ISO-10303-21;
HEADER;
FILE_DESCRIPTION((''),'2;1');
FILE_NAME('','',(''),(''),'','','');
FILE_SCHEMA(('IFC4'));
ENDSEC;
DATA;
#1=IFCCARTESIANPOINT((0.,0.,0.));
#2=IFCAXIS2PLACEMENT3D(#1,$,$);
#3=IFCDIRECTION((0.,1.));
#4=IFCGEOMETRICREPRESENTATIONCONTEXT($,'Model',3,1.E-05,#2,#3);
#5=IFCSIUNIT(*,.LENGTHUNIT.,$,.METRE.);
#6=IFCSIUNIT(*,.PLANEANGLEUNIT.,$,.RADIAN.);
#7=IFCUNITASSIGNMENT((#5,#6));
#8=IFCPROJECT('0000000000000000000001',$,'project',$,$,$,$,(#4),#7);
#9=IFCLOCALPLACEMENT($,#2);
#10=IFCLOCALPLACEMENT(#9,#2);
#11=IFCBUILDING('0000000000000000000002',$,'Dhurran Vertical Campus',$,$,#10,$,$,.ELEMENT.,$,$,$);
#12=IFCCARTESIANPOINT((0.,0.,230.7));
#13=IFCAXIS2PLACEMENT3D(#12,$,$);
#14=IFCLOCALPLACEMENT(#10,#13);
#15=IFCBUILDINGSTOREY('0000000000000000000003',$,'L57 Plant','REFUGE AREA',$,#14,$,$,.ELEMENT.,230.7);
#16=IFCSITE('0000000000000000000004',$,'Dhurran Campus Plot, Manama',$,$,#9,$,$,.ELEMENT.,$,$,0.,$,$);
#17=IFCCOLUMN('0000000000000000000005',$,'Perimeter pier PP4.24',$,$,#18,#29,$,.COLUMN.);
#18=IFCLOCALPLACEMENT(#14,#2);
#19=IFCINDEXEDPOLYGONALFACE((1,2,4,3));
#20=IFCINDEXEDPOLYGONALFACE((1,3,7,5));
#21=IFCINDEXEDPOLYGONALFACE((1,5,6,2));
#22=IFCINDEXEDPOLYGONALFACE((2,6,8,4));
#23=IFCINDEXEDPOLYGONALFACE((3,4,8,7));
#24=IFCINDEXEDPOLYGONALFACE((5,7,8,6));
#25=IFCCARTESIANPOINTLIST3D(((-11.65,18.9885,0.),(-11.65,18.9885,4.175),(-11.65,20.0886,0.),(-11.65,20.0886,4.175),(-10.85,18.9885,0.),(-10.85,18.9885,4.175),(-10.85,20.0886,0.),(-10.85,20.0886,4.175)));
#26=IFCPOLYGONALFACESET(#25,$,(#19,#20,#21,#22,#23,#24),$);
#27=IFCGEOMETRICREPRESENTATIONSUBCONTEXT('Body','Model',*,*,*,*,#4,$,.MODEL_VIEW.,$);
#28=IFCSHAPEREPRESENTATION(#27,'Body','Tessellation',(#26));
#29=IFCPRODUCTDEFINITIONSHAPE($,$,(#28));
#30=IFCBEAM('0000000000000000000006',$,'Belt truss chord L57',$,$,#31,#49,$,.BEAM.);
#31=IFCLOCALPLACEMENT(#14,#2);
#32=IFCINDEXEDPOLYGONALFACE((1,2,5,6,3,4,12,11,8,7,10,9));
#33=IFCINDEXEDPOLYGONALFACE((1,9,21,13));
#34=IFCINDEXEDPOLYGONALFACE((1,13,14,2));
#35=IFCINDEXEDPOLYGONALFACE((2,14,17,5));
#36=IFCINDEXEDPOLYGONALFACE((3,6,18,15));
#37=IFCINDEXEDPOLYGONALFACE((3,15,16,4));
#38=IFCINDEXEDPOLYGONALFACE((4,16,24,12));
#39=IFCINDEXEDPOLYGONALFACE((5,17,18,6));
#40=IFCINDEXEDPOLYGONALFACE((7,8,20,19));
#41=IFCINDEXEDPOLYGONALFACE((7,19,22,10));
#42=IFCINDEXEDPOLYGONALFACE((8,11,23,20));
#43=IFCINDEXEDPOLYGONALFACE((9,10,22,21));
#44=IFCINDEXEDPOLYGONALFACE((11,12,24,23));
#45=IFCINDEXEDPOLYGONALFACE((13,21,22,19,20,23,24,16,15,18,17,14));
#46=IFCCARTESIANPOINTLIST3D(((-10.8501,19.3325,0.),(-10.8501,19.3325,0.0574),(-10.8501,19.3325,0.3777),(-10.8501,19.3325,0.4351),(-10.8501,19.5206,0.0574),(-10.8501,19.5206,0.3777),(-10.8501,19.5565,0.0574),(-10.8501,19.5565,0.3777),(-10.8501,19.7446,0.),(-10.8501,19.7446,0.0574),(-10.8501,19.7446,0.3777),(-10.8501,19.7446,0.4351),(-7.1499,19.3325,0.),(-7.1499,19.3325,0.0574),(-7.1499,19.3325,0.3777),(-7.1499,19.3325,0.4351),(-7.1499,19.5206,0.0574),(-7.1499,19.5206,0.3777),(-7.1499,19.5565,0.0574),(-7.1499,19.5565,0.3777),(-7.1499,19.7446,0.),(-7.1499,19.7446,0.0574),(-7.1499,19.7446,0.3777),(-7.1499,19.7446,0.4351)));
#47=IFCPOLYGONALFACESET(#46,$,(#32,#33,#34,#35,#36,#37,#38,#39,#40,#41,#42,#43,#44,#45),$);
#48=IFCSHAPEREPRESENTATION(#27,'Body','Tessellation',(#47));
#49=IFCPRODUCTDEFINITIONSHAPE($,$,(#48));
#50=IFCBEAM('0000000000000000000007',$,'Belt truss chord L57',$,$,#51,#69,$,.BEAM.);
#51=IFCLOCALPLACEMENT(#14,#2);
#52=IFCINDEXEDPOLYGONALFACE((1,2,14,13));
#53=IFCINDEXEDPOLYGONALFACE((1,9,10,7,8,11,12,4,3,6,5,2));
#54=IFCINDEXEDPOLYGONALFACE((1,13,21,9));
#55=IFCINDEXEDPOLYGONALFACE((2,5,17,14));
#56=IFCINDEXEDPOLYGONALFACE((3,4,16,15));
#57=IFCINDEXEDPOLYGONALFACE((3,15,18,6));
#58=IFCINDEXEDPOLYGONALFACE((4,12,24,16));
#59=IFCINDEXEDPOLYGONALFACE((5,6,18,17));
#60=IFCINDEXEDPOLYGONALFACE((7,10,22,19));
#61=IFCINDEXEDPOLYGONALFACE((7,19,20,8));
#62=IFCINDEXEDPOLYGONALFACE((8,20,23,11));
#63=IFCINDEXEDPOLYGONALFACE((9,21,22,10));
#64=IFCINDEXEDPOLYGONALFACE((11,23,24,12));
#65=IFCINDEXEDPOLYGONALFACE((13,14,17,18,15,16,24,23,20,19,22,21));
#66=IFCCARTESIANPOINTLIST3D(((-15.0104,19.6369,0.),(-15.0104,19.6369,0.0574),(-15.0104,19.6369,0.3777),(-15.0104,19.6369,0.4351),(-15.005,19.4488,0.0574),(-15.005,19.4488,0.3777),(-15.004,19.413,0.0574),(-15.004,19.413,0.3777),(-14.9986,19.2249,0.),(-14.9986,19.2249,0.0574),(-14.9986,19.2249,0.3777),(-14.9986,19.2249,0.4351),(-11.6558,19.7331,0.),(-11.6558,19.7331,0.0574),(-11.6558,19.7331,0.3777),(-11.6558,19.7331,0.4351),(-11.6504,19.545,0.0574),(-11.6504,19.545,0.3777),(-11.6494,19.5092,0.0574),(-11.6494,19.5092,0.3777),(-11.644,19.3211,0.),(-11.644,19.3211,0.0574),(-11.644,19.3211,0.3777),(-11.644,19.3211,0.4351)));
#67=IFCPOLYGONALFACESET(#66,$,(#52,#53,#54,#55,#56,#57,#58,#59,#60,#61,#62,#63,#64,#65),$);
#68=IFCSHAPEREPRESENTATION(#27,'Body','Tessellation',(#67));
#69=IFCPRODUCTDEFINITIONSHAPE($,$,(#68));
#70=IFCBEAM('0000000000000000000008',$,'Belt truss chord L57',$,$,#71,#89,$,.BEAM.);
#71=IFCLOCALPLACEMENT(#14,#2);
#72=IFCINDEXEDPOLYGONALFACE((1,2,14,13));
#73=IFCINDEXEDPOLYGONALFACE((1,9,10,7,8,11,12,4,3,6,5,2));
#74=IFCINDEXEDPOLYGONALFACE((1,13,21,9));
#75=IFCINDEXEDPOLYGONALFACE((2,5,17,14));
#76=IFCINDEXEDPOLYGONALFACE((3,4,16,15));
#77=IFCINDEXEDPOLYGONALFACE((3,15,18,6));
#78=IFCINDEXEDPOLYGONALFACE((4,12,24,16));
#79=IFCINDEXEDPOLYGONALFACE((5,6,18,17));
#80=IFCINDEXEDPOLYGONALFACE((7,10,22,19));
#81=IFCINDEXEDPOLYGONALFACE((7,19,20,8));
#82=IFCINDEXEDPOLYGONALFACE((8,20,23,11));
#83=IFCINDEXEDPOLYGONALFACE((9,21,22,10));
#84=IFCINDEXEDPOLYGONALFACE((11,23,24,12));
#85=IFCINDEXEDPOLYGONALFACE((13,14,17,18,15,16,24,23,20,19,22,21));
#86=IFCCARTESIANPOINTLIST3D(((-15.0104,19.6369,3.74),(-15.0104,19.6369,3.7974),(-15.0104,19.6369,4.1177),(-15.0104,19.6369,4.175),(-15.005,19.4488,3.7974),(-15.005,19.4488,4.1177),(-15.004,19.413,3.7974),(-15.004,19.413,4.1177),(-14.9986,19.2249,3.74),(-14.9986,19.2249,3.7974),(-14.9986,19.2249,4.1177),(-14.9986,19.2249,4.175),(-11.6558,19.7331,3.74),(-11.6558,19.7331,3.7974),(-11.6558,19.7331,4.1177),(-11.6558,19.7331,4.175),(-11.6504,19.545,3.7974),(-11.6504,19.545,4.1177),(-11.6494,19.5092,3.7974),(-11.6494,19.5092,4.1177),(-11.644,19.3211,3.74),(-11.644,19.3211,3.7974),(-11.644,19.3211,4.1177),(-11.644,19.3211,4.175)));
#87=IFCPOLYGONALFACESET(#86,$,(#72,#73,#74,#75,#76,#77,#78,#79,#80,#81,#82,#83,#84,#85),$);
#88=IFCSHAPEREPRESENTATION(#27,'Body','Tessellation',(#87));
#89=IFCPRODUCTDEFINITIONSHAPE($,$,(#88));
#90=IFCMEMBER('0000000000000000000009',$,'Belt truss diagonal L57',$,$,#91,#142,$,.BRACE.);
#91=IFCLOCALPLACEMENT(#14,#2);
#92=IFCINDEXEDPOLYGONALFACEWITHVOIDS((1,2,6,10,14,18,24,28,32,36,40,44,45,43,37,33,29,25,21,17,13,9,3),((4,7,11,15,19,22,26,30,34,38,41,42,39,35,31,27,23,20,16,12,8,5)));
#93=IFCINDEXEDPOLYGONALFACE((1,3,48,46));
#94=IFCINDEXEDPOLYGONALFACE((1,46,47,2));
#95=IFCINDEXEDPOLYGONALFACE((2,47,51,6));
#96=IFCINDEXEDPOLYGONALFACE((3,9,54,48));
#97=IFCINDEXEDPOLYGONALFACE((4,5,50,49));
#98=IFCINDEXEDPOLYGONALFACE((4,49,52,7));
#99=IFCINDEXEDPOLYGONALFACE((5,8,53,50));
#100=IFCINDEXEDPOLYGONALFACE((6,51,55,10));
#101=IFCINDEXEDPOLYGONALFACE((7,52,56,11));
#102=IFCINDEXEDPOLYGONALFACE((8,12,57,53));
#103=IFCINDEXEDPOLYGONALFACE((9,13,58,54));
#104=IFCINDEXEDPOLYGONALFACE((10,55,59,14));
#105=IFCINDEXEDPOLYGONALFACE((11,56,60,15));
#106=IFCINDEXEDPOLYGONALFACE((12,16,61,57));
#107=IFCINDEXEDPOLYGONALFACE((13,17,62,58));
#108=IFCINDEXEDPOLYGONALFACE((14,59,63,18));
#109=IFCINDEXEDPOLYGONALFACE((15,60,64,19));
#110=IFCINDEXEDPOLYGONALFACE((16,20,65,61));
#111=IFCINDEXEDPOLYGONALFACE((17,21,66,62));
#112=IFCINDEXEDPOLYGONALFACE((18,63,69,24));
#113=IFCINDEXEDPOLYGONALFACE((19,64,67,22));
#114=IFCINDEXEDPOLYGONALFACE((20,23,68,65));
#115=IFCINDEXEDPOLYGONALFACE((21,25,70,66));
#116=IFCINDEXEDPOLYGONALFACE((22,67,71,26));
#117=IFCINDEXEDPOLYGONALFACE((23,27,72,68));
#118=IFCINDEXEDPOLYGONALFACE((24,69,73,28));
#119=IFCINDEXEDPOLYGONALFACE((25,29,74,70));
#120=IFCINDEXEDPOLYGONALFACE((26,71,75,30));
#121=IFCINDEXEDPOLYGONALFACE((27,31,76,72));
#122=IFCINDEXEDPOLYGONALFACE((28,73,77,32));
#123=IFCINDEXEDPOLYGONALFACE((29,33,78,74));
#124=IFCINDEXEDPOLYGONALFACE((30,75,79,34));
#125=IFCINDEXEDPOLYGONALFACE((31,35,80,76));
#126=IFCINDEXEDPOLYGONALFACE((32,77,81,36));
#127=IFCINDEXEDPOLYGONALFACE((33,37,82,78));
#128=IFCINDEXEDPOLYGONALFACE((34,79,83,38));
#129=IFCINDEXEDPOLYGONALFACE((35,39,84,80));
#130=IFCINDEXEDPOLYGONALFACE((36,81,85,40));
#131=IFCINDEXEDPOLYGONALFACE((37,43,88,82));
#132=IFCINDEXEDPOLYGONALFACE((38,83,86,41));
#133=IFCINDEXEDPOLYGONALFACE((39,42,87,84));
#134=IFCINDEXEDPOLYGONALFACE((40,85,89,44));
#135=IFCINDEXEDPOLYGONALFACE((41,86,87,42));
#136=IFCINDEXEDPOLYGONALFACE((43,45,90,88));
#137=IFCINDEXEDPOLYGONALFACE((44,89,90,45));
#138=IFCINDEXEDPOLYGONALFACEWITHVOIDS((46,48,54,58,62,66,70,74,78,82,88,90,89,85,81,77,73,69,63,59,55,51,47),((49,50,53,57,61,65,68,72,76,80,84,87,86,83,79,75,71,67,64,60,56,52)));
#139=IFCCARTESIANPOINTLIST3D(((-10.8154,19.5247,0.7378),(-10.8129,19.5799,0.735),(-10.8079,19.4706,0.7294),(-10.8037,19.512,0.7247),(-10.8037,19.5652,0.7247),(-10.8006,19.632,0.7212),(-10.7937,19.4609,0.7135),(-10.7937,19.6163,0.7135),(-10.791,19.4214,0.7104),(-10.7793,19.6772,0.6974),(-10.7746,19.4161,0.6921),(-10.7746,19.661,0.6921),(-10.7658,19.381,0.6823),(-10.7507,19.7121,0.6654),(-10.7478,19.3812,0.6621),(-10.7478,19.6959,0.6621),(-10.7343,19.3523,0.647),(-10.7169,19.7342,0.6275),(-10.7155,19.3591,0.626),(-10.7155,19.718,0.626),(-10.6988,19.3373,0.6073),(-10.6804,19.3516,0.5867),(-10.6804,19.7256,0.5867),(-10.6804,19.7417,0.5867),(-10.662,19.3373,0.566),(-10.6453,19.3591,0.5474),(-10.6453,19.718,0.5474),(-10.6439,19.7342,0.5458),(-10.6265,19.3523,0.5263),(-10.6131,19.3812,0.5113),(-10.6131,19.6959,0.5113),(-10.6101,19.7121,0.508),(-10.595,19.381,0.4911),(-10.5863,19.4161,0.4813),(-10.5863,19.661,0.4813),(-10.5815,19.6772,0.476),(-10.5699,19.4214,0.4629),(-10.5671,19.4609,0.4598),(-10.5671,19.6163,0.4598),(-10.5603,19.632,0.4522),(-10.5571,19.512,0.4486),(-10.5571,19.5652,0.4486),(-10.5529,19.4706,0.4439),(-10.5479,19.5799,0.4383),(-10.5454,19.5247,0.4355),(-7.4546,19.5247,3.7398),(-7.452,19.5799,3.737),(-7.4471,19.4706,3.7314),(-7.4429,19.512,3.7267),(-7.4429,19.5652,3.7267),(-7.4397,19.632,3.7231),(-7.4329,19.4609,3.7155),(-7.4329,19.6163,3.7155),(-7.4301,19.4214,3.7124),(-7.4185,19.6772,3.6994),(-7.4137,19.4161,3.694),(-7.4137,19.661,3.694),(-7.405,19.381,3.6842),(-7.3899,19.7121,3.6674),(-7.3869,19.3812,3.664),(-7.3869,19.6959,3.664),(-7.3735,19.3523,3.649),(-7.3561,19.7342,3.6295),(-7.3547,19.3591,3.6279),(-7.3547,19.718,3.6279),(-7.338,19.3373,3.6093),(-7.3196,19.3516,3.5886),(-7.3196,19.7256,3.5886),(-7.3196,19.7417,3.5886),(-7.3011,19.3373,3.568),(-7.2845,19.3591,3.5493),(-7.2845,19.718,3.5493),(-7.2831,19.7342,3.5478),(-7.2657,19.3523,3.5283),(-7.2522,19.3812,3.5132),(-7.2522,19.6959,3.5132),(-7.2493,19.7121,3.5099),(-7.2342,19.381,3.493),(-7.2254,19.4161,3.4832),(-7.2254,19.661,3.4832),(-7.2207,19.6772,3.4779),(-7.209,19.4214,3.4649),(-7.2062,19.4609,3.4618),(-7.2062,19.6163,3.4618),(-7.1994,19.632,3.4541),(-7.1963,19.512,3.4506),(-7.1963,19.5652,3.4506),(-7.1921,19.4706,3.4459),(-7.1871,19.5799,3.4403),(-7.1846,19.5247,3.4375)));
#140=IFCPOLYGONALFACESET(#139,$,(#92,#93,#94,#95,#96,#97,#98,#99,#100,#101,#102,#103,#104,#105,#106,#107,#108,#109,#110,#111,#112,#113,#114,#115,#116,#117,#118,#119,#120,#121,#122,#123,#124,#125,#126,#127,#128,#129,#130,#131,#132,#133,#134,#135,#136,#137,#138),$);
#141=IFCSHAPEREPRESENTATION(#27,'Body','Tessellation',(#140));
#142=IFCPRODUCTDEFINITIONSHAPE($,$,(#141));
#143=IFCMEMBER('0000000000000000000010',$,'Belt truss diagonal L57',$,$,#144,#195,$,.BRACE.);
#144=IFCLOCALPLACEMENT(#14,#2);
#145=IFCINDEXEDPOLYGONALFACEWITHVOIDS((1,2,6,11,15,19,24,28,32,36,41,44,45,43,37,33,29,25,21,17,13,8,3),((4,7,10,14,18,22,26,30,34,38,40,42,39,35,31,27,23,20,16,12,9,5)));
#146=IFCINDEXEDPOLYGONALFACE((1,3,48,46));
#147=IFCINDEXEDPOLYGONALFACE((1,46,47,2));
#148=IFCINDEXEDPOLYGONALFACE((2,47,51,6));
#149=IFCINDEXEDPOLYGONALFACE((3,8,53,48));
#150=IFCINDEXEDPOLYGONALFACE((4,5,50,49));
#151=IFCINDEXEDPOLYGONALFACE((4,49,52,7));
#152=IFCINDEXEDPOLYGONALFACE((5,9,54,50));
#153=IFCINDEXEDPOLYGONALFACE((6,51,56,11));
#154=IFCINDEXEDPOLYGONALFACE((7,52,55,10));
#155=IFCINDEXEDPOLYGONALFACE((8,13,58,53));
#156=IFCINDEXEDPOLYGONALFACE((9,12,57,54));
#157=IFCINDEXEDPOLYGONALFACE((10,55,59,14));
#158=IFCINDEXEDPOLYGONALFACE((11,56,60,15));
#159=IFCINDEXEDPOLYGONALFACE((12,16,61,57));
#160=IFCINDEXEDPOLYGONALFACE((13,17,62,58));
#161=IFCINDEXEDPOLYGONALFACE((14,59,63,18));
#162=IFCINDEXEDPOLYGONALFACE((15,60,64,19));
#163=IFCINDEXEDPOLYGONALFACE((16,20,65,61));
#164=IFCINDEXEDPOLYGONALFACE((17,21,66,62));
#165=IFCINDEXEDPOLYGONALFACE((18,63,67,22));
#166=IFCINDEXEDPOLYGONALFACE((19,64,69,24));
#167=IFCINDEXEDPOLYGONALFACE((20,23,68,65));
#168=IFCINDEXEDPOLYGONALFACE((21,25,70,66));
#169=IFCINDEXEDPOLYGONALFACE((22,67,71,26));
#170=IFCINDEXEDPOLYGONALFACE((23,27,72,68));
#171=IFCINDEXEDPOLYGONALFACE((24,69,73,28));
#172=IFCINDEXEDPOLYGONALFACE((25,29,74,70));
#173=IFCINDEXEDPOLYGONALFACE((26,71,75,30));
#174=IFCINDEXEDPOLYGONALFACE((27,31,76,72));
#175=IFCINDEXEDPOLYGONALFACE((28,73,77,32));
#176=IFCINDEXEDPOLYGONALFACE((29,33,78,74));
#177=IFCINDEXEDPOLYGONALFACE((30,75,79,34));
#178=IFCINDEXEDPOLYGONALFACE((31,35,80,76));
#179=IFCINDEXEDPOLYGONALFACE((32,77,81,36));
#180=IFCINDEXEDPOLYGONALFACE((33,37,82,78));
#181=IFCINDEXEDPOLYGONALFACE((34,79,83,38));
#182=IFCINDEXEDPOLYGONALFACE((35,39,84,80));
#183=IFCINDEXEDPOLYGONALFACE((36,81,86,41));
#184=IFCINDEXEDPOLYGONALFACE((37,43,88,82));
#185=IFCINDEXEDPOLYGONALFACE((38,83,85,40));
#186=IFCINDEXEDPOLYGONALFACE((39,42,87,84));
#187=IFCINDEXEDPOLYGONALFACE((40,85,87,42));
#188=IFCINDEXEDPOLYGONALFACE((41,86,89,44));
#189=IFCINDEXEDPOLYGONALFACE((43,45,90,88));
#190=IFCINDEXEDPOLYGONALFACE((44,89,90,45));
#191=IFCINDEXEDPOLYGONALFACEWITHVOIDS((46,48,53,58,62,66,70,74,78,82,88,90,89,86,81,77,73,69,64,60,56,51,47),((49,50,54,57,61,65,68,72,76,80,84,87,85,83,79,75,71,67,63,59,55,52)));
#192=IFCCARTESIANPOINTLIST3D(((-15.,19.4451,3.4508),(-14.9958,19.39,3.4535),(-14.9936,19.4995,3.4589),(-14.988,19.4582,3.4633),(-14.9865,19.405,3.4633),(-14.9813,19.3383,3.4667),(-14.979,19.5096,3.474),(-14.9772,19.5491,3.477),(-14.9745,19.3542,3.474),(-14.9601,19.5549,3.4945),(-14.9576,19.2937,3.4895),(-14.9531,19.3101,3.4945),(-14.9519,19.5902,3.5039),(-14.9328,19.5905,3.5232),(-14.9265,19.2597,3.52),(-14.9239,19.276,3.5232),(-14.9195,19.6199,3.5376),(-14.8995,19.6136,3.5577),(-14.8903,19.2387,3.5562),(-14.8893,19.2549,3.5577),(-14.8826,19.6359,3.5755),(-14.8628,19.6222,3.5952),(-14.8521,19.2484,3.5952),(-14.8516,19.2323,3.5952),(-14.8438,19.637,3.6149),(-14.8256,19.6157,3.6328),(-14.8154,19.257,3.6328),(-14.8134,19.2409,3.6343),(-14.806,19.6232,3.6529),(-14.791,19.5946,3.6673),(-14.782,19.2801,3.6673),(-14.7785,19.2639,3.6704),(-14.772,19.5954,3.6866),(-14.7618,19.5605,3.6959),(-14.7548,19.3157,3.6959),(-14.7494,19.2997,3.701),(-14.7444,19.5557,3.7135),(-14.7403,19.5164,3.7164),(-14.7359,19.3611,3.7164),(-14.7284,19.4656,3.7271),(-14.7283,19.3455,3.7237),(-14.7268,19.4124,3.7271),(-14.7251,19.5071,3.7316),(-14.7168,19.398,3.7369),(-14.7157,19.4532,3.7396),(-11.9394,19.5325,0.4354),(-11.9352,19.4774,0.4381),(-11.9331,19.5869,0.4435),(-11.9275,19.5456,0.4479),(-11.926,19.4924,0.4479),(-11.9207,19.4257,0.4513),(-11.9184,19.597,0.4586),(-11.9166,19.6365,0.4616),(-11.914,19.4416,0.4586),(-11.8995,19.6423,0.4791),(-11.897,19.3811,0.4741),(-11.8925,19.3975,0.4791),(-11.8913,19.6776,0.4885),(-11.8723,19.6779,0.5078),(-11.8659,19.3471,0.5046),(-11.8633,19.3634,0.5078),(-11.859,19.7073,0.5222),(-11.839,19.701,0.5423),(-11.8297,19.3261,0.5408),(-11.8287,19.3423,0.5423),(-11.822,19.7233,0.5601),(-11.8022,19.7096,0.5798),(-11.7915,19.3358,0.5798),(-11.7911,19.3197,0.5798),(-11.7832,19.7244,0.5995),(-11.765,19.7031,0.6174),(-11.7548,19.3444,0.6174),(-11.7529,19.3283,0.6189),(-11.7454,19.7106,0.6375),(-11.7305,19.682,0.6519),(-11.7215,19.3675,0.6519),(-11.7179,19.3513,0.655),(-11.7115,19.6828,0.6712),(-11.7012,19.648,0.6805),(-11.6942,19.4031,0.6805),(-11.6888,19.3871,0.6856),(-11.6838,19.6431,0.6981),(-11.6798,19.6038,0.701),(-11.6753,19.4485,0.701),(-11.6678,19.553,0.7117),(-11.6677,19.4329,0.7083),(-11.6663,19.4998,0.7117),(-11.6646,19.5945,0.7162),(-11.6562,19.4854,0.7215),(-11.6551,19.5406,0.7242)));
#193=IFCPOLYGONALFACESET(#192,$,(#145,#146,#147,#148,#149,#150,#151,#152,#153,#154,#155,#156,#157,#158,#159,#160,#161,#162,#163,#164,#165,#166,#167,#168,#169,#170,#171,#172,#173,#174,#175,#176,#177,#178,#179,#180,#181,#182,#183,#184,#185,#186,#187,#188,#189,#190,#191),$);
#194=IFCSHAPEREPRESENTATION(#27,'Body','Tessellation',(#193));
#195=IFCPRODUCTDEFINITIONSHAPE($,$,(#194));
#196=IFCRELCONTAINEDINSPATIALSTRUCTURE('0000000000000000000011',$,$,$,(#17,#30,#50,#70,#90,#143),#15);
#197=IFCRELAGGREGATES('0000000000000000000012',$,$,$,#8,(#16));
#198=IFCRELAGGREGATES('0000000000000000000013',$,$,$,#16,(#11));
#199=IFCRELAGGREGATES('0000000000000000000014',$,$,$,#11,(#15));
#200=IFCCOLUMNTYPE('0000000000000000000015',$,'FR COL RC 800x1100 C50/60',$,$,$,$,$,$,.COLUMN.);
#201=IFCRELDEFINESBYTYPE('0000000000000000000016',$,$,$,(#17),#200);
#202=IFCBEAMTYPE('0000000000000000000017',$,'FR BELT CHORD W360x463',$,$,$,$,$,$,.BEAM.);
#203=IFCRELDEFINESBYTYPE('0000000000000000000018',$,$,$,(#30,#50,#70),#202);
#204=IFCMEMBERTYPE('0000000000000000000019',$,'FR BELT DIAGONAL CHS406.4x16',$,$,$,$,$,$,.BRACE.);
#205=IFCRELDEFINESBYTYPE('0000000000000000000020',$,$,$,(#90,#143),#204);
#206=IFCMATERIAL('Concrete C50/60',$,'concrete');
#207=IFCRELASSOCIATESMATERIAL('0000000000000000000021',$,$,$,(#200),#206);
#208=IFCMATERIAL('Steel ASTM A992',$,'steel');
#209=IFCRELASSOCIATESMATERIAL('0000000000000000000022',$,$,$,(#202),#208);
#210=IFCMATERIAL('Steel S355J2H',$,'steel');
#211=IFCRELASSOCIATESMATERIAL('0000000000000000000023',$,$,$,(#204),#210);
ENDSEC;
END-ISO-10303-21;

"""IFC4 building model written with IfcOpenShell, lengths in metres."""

from ifc_helpers import new_model, si_unit, direction, frame, origin, origin_2d, place, context, subcontext, project, spatial, rectangle, hollow_circle, i_section, extrude, material, material_profile, profile_set, type_object, element, save


model = new_model("IFC4")

# Units and contexts
model_context = context("Model", 3, precision=1e-05, world=origin(), true_north=direction((0.0, 1.0)))
body_context = subcontext(model_context, "Body", "Model", "MODEL_VIEW")
ifc_project = project(units=[si_unit("LENGTHUNIT", "METRE"), si_unit("PLANEANGLEUNIT", "RADIAN")], contexts=[model_context])

# Site, building, storey
site_placement = place(None, origin())
site = spatial("IfcSite", under=ifc_project, at=site_placement, Name="Dhurran Campus Plot, Manama", CompositionType="ELEMENT", RefElevation=0.0)
building_placement = place(site_placement, origin())
building = spatial("IfcBuilding", under=site, at=building_placement, Name="Dhurran Vertical Campus", CompositionType="ELEMENT")
storey_placement = place(building_placement, frame((0.0, 0.0, 230.7)))
storey = spatial("IfcBuildingStorey", under=building, at=storey_placement, Name="L57 Plant", Description="REFUGE AREA", CompositionType="ELEMENT", Elevation=230.7)

# Column
ifc_material_1 = material(Name="Concrete C50/60", Category="concrete")
ifc_material_profile_1 = material_profile(ifc_material_1, rectangle(XDim=0.8, YDim=1.1001, at=origin_2d()), Name="RC 800x1100")
ifc_profile_set_1 = profile_set([ifc_material_profile_1], Name="Concrete C50/60")
column_type = type_object("IfcColumnType", Name="FR COL RC 800x1100 C50/60", PredefinedType="COLUMN", material=ifc_profile_set_1)
column_placement = place(storey_placement, frame((-11.25, 19.5386, 0.0), z_axis=(0.0, 0.0, 1.0), x_axis=(-1.0, 0.0, 0.0)))
element("IfcColumn", 1, at=column_placement, inside=storey, type_object=column_type, Name="Perimeter pier PP4.24", PredefinedType="COLUMN", context=body_context, shape_type="SweptSolid", body=[
    extrude(rectangle(XDim=0.8, YDim=1.1001, at=origin_2d()), origin(), (0.0, 0.0, 1.0), 4.175),
])

# Beams
ifc_material_2 = material(Name="Steel ASTM A992", Category="steel")
ifc_material_profile_2 = material_profile(ifc_material_2, i_section(OverallWidth=0.4121, OverallDepth=0.4351, WebThickness=0.0359, FlangeThickness=0.0574, at=origin_2d()), Name="W360x463")
ifc_profile_set_2 = profile_set([ifc_material_profile_2], Name="Steel ASTM A992")
beam_type = type_object("IfcBeamType", Name="FR BELT CHORD W360x463", PredefinedType="BEAM", material=ifc_profile_set_2)
beam_placement = place(storey_placement, frame((-7.1499, 19.5386, 0.2175), z_axis=(-1.0, 0.0, 0.0), x_axis=(0.0, -1.0, 0.0)))
element("IfcBeam", 2, at=beam_placement, inside=storey, type_object=beam_type, Name="Belt truss chord L57", PredefinedType="BEAM", context=body_context, shape_type="SweptSolid", body=[
    extrude(i_section(OverallWidth=0.4121, OverallDepth=0.4351, WebThickness=0.0359, FlangeThickness=0.0574, at=origin_2d()), origin(), (0.0, 0.0, 1.0), 3.7002),
])
for number, where, z_axis, x_axis, name in (
    (3, (-11.6499, 19.5271, 0.2175), (-0.999589, -0.028664, 0.0), (0.028664, -0.999589, 0.0), "Belt truss chord L57"),
    (4, (-11.6499, 19.5271, 3.9575), (-0.999589, -0.028664, 0.0), (0.028664, -0.999589, 0.0), "Belt truss chord L57"),
):
    element("IfcBeam", number, at=place(storey_placement, frame(where, z_axis=z_axis, x_axis=x_axis)), inside=storey, type_object=beam_type, Name=name, PredefinedType="BEAM", context=body_context, shape_type="SweptSolid", body=[
        extrude(i_section(OverallWidth=0.4121, OverallDepth=0.4351, WebThickness=0.0359, FlangeThickness=0.0574, at=origin_2d()), origin(), (0.0, 0.0, 1.0), 3.356),
    ])

# Members
ifc_material_3 = material(Name="Steel S355J2H", Category="steel")
ifc_material_profile_3 = material_profile(ifc_material_3, hollow_circle(Radius=0.2031, WallThickness=0.0161, at=origin_2d()), Name="CHS406.4x16")
ifc_profile_set_3 = profile_set([ifc_material_profile_3], Name="Steel S355J2H")
member_type = type_object("IfcMemberType", Name="FR BELT DIAGONAL CHS406.4x16", PredefinedType="BRACE", material=ifc_profile_set_3)
member_1_placement = place(storey_placement, frame((-10.6804, 19.5386, 0.5867), z_axis=(0.745805, 0.0, 0.666164), x_axis=(0.0, 1.0, 0.0)))
element("IfcMember", 5, at=member_1_placement, inside=storey, type_object=member_type, Name="Belt truss diagonal L57", PredefinedType="BRACE", context=body_context, shape_type="SweptSolid", body=[
    extrude(hollow_circle(Radius=0.2031, WallThickness=0.0161, at=origin_2d()), origin(), (0.0, 0.0, 1.0), 4.5063),
])
member_2_placement = place(storey_placement, frame((-11.7969, 19.5227, 0.5798), z_axis=(-0.712196, -0.020339, 0.701686), x_axis=(0.028546, -0.999592, 0.0)))
element("IfcMember", 6, at=member_2_placement, inside=storey, type_object=member_type, Name="Belt truss diagonal L57", PredefinedType="BRACE", context=body_context, shape_type="SweptSolid", body=[
    extrude(hollow_circle(Radius=0.2031, WallThickness=0.0161, at=origin_2d()), origin(), (0.0, 0.0, 1.0), 4.2974),
])

save(model, "model.ifc")
